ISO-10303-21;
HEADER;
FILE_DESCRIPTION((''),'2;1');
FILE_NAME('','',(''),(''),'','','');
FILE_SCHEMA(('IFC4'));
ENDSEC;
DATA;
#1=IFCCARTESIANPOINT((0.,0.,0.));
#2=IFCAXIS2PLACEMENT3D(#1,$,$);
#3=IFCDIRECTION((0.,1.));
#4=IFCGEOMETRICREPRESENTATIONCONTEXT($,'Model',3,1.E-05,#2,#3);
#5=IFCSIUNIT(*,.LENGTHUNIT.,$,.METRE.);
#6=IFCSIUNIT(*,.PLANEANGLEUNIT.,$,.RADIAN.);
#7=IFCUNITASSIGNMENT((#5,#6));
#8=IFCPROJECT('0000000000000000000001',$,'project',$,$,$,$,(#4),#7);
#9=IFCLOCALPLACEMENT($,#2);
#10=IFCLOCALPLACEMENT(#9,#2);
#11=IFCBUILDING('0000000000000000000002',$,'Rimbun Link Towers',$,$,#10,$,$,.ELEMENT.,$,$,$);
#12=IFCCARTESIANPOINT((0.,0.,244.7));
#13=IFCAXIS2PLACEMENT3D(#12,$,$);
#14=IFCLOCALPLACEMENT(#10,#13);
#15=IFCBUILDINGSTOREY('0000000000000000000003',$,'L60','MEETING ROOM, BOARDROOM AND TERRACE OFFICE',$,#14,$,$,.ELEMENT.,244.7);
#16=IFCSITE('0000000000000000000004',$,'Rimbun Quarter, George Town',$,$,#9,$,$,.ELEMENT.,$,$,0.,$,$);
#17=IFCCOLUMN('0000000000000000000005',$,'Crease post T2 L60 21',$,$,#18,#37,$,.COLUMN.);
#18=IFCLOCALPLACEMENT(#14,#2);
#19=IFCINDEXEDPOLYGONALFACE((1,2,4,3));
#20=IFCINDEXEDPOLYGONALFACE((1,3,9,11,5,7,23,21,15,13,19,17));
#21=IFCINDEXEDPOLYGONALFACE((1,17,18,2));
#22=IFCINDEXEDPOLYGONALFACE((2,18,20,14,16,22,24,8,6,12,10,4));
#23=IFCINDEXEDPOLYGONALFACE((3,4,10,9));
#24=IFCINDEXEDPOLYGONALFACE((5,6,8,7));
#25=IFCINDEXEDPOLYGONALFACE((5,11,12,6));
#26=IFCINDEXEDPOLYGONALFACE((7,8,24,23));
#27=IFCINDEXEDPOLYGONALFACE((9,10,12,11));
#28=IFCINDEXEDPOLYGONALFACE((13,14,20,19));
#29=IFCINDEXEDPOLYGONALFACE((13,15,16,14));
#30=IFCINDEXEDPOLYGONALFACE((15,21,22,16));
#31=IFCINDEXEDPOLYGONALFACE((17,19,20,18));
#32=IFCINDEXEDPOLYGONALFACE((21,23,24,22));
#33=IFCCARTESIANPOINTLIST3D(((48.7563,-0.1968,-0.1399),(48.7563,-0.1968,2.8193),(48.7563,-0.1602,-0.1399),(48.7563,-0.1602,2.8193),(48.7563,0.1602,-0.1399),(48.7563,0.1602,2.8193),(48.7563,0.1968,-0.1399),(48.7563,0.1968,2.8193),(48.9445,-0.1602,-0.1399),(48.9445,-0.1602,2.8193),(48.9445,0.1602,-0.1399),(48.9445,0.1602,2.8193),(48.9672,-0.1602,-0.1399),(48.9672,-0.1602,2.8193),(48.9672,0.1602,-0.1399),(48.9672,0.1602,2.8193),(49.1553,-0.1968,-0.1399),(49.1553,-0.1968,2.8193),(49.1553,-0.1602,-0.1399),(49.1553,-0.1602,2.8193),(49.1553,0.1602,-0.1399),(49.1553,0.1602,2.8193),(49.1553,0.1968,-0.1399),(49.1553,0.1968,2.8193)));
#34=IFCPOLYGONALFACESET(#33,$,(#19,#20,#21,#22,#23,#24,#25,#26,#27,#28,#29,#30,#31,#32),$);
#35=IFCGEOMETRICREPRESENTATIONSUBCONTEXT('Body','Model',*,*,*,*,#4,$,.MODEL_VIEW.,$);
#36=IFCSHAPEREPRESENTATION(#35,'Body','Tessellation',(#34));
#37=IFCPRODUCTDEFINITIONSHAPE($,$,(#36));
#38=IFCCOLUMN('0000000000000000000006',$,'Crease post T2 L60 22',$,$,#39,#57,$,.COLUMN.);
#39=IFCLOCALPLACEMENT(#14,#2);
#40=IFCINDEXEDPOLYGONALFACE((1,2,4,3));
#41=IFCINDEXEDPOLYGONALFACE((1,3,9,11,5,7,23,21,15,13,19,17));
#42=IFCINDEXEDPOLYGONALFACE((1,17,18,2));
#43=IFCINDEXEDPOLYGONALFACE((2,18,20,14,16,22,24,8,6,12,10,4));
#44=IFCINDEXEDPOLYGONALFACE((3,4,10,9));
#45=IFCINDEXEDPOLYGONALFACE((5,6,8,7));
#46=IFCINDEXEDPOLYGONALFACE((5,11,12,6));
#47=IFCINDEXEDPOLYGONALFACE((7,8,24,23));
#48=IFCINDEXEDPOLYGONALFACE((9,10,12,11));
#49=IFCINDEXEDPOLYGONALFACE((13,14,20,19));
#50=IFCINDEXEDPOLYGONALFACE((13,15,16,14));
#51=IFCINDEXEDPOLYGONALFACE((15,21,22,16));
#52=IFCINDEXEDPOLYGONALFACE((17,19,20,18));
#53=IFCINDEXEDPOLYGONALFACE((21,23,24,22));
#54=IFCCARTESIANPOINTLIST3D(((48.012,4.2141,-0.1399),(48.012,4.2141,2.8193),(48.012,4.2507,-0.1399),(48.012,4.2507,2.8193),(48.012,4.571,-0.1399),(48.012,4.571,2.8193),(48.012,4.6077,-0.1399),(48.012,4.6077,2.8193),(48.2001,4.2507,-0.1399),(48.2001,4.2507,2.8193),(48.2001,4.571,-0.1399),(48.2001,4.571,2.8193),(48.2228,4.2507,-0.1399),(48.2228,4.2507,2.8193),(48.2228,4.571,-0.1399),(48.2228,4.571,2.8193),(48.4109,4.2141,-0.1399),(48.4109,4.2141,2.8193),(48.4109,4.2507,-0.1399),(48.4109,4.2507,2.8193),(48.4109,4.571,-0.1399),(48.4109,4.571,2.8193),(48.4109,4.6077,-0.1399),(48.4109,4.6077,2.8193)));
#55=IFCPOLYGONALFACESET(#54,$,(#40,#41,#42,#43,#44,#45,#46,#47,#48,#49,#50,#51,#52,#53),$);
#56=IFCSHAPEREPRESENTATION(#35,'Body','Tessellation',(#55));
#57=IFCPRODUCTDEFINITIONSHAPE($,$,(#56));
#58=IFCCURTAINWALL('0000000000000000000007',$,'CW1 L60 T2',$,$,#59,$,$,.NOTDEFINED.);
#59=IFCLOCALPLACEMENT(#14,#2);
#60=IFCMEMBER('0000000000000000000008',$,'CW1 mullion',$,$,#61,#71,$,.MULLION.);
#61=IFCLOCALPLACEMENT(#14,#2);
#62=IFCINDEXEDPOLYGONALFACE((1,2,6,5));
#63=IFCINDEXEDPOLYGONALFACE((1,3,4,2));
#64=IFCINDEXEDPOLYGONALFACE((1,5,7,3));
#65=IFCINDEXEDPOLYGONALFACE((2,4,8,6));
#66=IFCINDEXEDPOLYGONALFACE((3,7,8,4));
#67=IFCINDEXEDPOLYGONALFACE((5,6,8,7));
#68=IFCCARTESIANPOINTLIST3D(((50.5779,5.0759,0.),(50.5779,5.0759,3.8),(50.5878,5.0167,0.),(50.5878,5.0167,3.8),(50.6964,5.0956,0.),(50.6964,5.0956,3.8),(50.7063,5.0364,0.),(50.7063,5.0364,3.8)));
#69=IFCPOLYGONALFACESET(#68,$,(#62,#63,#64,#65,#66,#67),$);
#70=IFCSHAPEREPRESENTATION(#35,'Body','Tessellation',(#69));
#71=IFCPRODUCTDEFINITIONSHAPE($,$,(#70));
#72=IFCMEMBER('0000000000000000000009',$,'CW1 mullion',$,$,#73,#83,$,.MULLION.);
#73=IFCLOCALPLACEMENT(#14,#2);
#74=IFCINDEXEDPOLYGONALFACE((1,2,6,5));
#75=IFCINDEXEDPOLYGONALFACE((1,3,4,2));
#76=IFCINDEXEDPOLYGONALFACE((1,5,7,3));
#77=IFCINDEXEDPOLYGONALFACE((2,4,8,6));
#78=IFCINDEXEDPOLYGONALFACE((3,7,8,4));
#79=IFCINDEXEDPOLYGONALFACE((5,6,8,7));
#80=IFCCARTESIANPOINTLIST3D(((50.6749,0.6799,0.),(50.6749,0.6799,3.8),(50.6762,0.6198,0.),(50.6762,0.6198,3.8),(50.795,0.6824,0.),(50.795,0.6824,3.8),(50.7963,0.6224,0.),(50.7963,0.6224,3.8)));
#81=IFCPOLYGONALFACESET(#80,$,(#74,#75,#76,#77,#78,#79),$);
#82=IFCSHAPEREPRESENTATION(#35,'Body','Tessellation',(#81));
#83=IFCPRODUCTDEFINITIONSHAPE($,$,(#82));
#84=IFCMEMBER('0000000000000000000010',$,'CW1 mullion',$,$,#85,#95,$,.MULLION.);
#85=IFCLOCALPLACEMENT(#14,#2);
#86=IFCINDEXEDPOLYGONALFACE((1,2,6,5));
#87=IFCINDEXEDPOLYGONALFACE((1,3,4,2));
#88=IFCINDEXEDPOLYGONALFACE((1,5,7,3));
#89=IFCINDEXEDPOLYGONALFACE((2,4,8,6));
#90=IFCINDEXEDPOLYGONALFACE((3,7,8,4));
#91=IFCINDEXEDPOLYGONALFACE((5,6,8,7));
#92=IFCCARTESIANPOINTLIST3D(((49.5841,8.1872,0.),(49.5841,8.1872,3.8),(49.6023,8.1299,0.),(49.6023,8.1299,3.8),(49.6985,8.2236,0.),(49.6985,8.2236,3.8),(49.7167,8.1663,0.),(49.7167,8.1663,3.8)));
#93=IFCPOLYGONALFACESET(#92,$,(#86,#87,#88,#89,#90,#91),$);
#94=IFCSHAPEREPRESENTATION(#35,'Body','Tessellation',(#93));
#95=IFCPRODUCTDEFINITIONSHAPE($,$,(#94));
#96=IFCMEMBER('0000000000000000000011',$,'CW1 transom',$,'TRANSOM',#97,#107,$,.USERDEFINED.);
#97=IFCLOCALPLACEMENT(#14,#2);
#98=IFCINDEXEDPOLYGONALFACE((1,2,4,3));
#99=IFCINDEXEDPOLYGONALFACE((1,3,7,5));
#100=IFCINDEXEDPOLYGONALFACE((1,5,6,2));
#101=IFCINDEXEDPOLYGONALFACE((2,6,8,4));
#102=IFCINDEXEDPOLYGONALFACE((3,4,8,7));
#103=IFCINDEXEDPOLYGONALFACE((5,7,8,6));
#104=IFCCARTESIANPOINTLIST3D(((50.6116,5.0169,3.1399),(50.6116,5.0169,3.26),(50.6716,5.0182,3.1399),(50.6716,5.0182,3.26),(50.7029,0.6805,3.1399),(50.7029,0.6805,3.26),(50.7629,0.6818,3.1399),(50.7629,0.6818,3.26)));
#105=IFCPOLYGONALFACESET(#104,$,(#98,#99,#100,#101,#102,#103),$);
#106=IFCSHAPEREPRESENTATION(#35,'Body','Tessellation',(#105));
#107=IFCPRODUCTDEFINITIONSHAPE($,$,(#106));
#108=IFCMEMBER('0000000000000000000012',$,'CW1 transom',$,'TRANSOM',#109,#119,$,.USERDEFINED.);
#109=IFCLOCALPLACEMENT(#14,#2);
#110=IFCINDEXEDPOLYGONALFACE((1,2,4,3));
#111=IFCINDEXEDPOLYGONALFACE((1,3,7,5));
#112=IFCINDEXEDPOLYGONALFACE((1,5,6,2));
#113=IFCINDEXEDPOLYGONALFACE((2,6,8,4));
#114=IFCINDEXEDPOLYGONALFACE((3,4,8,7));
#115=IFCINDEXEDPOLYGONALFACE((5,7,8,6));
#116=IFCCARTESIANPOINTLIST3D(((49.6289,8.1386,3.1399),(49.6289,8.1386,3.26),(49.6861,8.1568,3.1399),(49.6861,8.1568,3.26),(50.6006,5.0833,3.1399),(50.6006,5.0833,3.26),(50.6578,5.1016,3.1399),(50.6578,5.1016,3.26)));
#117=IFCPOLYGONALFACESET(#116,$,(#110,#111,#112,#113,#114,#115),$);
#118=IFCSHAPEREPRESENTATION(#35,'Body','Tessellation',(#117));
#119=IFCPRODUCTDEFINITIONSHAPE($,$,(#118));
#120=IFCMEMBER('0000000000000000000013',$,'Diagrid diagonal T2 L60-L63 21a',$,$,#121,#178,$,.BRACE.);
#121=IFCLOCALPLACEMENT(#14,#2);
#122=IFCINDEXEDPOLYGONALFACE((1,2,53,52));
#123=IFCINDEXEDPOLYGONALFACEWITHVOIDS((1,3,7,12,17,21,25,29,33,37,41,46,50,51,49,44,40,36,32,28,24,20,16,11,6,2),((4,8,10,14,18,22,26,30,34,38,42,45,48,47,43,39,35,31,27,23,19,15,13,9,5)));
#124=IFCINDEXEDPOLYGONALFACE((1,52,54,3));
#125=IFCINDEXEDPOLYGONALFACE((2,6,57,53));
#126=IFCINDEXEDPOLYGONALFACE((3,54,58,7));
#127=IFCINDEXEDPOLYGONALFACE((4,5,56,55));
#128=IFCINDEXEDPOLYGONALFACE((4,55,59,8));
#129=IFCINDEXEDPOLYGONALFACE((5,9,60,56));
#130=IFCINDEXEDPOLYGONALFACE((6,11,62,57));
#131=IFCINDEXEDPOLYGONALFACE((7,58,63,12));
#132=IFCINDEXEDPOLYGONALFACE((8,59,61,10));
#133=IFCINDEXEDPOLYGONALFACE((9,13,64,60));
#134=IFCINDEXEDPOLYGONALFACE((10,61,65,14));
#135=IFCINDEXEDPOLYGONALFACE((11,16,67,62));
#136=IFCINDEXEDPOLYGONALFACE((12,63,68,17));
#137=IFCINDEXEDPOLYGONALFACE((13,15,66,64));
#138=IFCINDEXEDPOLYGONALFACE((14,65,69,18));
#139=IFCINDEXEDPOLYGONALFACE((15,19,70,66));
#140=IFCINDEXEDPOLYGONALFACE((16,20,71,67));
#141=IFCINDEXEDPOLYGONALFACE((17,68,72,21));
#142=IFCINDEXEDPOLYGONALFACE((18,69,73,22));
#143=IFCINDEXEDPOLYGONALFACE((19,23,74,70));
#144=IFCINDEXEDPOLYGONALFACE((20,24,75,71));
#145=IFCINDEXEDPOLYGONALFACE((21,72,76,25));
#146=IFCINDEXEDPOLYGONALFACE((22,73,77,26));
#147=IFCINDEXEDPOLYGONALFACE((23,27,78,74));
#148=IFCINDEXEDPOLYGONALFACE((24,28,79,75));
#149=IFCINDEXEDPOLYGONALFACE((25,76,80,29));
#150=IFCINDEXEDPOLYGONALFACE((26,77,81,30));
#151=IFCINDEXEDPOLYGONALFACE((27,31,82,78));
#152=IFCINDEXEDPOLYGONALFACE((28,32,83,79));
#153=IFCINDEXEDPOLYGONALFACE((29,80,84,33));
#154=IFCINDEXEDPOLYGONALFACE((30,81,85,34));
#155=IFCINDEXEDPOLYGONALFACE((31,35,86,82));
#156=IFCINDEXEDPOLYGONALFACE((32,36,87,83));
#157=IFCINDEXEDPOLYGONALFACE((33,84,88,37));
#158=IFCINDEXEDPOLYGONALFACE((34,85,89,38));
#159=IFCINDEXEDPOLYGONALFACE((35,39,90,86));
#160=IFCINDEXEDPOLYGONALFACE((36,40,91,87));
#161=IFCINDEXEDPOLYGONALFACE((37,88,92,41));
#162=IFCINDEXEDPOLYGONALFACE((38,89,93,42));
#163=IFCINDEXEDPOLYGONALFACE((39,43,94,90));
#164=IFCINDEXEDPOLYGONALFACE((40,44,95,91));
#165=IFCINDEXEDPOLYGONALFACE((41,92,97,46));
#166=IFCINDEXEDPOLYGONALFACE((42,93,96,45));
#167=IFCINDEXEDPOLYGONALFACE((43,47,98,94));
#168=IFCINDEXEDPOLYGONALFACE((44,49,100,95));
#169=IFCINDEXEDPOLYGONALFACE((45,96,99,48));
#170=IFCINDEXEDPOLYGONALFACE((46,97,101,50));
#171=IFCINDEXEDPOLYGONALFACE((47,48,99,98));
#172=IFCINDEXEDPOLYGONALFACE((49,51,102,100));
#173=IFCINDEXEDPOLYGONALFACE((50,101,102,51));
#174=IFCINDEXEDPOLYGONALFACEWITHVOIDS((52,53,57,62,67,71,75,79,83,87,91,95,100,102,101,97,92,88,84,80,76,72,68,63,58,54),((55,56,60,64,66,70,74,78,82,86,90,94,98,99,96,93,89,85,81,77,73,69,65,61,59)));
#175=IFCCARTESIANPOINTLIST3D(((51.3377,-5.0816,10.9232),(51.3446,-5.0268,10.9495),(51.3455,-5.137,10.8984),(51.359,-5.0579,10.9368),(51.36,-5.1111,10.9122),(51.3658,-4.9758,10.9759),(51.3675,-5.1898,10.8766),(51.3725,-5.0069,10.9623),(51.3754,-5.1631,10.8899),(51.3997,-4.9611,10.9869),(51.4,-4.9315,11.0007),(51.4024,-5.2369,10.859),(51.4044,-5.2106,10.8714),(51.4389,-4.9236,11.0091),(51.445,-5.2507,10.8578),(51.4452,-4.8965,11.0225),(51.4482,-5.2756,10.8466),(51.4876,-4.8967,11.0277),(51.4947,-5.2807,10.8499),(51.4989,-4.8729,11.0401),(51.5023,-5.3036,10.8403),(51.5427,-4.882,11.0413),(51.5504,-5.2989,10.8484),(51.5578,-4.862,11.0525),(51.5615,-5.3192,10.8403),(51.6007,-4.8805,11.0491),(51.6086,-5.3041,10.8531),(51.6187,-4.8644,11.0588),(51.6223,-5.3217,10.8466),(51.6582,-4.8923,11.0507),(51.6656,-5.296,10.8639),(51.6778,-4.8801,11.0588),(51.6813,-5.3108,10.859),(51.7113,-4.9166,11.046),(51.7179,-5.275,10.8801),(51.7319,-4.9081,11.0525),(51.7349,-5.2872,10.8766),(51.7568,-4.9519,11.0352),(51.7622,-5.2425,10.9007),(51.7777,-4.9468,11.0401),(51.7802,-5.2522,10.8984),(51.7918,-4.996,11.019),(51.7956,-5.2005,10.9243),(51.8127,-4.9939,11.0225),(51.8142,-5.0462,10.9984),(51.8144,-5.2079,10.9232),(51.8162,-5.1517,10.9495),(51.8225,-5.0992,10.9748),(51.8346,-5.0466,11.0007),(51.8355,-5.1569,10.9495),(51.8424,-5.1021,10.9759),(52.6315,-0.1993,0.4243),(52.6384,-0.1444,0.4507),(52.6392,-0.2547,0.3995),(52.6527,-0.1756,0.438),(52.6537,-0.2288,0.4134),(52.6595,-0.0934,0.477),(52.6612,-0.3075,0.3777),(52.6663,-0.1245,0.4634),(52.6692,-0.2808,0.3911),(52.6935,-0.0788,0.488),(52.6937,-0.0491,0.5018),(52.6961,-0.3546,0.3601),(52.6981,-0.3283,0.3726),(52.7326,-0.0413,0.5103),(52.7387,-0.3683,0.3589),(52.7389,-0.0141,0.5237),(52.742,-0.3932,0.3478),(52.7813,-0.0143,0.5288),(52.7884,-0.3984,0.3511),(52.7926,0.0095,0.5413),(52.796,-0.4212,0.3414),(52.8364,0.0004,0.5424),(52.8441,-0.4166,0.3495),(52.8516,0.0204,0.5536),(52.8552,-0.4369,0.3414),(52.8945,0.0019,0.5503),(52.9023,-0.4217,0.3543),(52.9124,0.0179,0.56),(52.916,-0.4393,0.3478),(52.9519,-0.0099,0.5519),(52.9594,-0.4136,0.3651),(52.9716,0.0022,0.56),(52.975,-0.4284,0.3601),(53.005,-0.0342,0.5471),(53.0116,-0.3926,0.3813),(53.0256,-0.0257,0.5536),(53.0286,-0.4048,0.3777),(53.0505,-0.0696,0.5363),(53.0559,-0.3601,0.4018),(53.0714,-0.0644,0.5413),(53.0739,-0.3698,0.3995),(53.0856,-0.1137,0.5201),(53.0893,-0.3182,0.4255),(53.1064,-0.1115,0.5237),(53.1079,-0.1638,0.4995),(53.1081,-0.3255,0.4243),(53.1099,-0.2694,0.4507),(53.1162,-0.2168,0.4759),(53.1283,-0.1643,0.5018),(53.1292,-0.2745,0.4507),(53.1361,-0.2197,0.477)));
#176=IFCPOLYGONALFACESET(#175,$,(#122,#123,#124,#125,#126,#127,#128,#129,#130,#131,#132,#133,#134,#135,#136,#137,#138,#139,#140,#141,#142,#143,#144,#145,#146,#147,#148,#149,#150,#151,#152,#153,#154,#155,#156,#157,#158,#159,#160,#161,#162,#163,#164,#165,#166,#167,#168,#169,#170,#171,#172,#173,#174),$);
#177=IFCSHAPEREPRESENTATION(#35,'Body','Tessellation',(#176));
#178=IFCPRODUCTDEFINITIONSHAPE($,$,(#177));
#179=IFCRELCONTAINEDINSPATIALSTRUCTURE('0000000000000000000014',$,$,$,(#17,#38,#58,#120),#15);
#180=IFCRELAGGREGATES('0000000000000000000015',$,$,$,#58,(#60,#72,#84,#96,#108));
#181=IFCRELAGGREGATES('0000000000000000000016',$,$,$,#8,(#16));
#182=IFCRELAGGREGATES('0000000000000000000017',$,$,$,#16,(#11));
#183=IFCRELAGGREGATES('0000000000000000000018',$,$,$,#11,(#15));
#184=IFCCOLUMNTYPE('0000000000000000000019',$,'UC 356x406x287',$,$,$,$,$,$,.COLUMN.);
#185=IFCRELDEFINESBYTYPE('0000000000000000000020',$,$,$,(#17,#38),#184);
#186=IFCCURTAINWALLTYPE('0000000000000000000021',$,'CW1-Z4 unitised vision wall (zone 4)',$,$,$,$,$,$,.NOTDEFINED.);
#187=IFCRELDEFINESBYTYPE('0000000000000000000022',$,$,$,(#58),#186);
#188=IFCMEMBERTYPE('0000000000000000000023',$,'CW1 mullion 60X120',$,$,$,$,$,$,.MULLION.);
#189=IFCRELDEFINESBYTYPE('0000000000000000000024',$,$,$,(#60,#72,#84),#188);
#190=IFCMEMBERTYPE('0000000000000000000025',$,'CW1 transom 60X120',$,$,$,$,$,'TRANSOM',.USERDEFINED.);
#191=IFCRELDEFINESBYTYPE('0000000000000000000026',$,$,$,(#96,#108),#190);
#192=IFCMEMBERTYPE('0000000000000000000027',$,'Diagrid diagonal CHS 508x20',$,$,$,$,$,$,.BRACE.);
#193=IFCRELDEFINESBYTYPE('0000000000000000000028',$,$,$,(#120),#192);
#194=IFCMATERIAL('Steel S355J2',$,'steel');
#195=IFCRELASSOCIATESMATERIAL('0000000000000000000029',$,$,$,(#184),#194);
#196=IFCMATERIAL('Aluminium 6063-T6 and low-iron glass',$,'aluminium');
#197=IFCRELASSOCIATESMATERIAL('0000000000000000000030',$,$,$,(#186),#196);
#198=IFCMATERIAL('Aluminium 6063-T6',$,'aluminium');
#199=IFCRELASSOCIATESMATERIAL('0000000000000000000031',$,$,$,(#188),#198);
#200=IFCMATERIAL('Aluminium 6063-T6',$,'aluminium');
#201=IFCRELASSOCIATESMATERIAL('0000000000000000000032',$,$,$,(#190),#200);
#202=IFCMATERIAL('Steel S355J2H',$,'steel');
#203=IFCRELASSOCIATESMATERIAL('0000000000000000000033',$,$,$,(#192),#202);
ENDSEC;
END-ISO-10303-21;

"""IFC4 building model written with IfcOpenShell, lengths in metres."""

from ifc_helpers import new_model, si_unit, direction, frame, origin, origin_2d, place, context, subcontext, project, spatial, rectangle, hollow_circle, i_section, extrude, material, material_profile, profile_set, type_object, element, aggregate, save


model = new_model("IFC4")

# Units and contexts
model_context = context("Model", 3, precision=1e-05, world=origin(), true_north=direction((0.0, 1.0)))
body_context = subcontext(model_context, "Body", "Model", "MODEL_VIEW")
ifc_project = project(units=[si_unit("LENGTHUNIT", "METRE"), si_unit("PLANEANGLEUNIT", "RADIAN")], contexts=[model_context])

# Site, building, storey
site_placement = place(None, origin())
site = spatial("IfcSite", under=ifc_project, at=site_placement, Name="Rimbun Quarter, George Town", CompositionType="ELEMENT", RefElevation=0.0)
building_placement = place(site_placement, origin())
building = spatial("IfcBuilding", under=site, at=building_placement, Name="Rimbun Link Towers", CompositionType="ELEMENT")
storey_placement = place(building_placement, frame((0.0, 0.0, 244.7)))
storey = spatial("IfcBuildingStorey", under=building, at=storey_placement, Name="L60", Description="MEETING ROOM, BOARDROOM AND TERRACE OFFICE", CompositionType="ELEMENT", Elevation=244.7)

# Columns
ifc_material_1 = material(Name="Steel S355J2", Category="steel")
ifc_material_profile_1 = material_profile(ifc_material_1, i_section(OverallWidth=0.3989, OverallDepth=0.3936, WebThickness=0.0227, FlangeThickness=0.0366, at=origin_2d()), Name="UC 356x406x287")
ifc_profile_set_1 = profile_set([ifc_material_profile_1], Name="Steel S355J2")
column_type = type_object("IfcColumnType", Name="UC 356x406x287", PredefinedType="COLUMN", material=ifc_profile_set_1)
for number, where, z_axis, x_axis, name in (
    (1, (48.9558, 0.0, -0.1399), (0.0, 0.0, 1.0), (1.0, 0.0, 0.0), "Crease post T2 L60 21"),
    (2, (48.2114, 4.4109, -0.1399), (0.0, 0.0, 1.0), (1.0, 0.0, 0.0), "Crease post T2 L60 22"),
):
    element("IfcColumn", number, at=place(storey_placement, frame(where, z_axis=z_axis, x_axis=x_axis)), inside=storey, type_object=column_type, Name=name, PredefinedType="COLUMN", context=body_context, shape_type="SweptSolid", body=[
        extrude(i_section(OverallWidth=0.3989, OverallDepth=0.3936, WebThickness=0.0227, FlangeThickness=0.0366, at=origin_2d()), origin(), (0.0, 0.0, 1.0), 2.9592),
    ])

# Curtain wall, members
ifc_material_2 = material(Name="Aluminium 6063-T6 and low-iron glass", Category="aluminium")
curtain_wall_type = type_object("IfcCurtainWallType", Name="CW1-Z4 unitised vision wall (zone 4)", PredefinedType="NOTDEFINED", material=ifc_material_2)
curtain_wall_placement = place(storey_placement, origin())
curtain_wall = element("IfcCurtainWall", 3, at=curtain_wall_placement, inside=storey, type_object=curtain_wall_type, Name="CW1 L60 T2", PredefinedType="NOTDEFINED")
ifc_material_3 = material(Name="Aluminium 6063-T6", Category="aluminium")
ifc_material_profile_2 = material_profile(ifc_material_3, rectangle(XDim=0.1201, YDim=0.0601, at=origin_2d()), Name="MULLION 60X120")
ifc_profile_set_2 = profile_set([ifc_material_profile_2], Name="Aluminium 6063-T6")
member_type_1 = type_object("IfcMemberType", Name="CW1 mullion 60X120", PredefinedType="MULLION", material=ifc_profile_set_2)
member_1_placement = place(storey_placement, frame((50.6421, 5.0562, 0.0), z_axis=(0.0, 0.0, 1.0), x_axis=(0.986503, 0.163742, 0.0)))
member_1 = element("IfcMember", 4, at=member_1_placement, type_object=member_type_1, Name="CW1 mullion", PredefinedType="MULLION", context=body_context, shape_type="SweptSolid", body=[
    extrude(rectangle(XDim=0.1201, YDim=0.0601, at=origin_2d()), origin(), (0.0, 0.0, 1.0), 3.8),
])
member_2_placement = place(storey_placement, frame((50.7356, 0.6511, 0.0), z_axis=(0.0, 0.0, 1.0), x_axis=(0.999778, 0.02106, 0.0)))
member_2 = element("IfcMember", 5, at=member_2_placement, type_object=member_type_1, Name="CW1 mullion", PredefinedType="MULLION", context=body_context, shape_type="SweptSolid", body=[
    extrude(rectangle(XDim=0.1201, YDim=0.0601, at=origin_2d()), origin(), (0.0, 0.0, 1.0), 3.8),
])
member_3_placement = place(storey_placement, frame((49.6504, 8.1768, 0.0), z_axis=(0.0, 0.0, 1.0), x_axis=(0.952971, 0.303061, 0.0)))
member_3 = element("IfcMember", 6, at=member_3_placement, type_object=member_type_1, Name="CW1 mullion", PredefinedType="MULLION", context=body_context, shape_type="SweptSolid", body=[
    extrude(rectangle(XDim=0.1201, YDim=0.0601, at=origin_2d()), origin(), (0.0, 0.0, 1.0), 3.8),
])
ifc_material_4 = material(Name="Aluminium 6063-T6", Category="aluminium")
ifc_material_profile_3 = material_profile(ifc_material_4, rectangle(XDim=0.0601, YDim=0.1201, at=origin_2d()), Name="TRANSOM 60X120")
ifc_profile_set_3 = profile_set([ifc_material_profile_3], Name="Aluminium 6063-T6")
member_type_2 = type_object("IfcMemberType", Name="CW1 transom 60X120", ElementType="TRANSOM", PredefinedType="USERDEFINED", material=ifc_profile_set_3)
member_4_placement = place(storey_placement, frame((50.6416, 5.0176, 3.2), z_axis=(0.021052, -0.999778, 0.0), x_axis=(0.999778, 0.021052, 0.0)))
member_4 = element("IfcMember", 7, at=member_4_placement, type_object=member_type_2, Name="CW1 transom", ObjectType="TRANSOM", PredefinedType="USERDEFINED", context=body_context, shape_type="SweptSolid", body=[
    extrude(rectangle(XDim=0.0601, YDim=0.1201, at=origin_2d()), origin(), (0.0, 0.0, 1.0), 4.3374),
])
member_5_placement = place(storey_placement, frame((49.6575, 8.1477, 3.2), z_axis=(0.303084, -0.952964, 0.0), x_axis=(0.952964, 0.303084, 0.0)))
member_5 = element("IfcMember", 8, at=member_5_placement, type_object=member_type_2, Name="CW1 transom", ObjectType="TRANSOM", PredefinedType="USERDEFINED", context=body_context, shape_type="SweptSolid", body=[
    extrude(rectangle(XDim=0.0601, YDim=0.1201, at=origin_2d()), origin(), (0.0, 0.0, 1.0), 3.2061),
])

# Member
ifc_material_5 = material(Name="Steel S355J2H", Category="steel")
ifc_material_profile_4 = material_profile(ifc_material_5, hollow_circle(Radius=0.2539, WallThickness=0.02, at=origin_2d()), Name="Diagrid diagonal CHS 508x20")
ifc_profile_set_4 = profile_set([ifc_material_profile_4], Name="Steel S355J2H")
member_type_3 = type_object("IfcMemberType", Name="Diagrid diagonal CHS 508x20", PredefinedType="BRACE", material=ifc_profile_set_4)
member_6_placement = place(storey_placement, frame((52.8838, -0.2095, 0.4507), z_axis=(-0.111042, -0.419064, 0.901141), x_axis=(0.96664, -0.256137, 0.0)))
element("IfcMember", 9, at=member_6_placement, inside=storey, type_object=member_type_3, Name="Diagrid diagonal T2 L60-L63 21a", PredefinedType="BRACE", context=body_context, shape_type="SweptSolid", body=[
    extrude(hollow_circle(Radius=0.2539, WallThickness=0.02, at=origin_2d()), origin(), (0.0, 0.0, 1.0), 11.6506),
])

aggregate(curtain_wall, [member_1, member_2, member_3, member_4, member_5])

save(model, "model.ifc")
